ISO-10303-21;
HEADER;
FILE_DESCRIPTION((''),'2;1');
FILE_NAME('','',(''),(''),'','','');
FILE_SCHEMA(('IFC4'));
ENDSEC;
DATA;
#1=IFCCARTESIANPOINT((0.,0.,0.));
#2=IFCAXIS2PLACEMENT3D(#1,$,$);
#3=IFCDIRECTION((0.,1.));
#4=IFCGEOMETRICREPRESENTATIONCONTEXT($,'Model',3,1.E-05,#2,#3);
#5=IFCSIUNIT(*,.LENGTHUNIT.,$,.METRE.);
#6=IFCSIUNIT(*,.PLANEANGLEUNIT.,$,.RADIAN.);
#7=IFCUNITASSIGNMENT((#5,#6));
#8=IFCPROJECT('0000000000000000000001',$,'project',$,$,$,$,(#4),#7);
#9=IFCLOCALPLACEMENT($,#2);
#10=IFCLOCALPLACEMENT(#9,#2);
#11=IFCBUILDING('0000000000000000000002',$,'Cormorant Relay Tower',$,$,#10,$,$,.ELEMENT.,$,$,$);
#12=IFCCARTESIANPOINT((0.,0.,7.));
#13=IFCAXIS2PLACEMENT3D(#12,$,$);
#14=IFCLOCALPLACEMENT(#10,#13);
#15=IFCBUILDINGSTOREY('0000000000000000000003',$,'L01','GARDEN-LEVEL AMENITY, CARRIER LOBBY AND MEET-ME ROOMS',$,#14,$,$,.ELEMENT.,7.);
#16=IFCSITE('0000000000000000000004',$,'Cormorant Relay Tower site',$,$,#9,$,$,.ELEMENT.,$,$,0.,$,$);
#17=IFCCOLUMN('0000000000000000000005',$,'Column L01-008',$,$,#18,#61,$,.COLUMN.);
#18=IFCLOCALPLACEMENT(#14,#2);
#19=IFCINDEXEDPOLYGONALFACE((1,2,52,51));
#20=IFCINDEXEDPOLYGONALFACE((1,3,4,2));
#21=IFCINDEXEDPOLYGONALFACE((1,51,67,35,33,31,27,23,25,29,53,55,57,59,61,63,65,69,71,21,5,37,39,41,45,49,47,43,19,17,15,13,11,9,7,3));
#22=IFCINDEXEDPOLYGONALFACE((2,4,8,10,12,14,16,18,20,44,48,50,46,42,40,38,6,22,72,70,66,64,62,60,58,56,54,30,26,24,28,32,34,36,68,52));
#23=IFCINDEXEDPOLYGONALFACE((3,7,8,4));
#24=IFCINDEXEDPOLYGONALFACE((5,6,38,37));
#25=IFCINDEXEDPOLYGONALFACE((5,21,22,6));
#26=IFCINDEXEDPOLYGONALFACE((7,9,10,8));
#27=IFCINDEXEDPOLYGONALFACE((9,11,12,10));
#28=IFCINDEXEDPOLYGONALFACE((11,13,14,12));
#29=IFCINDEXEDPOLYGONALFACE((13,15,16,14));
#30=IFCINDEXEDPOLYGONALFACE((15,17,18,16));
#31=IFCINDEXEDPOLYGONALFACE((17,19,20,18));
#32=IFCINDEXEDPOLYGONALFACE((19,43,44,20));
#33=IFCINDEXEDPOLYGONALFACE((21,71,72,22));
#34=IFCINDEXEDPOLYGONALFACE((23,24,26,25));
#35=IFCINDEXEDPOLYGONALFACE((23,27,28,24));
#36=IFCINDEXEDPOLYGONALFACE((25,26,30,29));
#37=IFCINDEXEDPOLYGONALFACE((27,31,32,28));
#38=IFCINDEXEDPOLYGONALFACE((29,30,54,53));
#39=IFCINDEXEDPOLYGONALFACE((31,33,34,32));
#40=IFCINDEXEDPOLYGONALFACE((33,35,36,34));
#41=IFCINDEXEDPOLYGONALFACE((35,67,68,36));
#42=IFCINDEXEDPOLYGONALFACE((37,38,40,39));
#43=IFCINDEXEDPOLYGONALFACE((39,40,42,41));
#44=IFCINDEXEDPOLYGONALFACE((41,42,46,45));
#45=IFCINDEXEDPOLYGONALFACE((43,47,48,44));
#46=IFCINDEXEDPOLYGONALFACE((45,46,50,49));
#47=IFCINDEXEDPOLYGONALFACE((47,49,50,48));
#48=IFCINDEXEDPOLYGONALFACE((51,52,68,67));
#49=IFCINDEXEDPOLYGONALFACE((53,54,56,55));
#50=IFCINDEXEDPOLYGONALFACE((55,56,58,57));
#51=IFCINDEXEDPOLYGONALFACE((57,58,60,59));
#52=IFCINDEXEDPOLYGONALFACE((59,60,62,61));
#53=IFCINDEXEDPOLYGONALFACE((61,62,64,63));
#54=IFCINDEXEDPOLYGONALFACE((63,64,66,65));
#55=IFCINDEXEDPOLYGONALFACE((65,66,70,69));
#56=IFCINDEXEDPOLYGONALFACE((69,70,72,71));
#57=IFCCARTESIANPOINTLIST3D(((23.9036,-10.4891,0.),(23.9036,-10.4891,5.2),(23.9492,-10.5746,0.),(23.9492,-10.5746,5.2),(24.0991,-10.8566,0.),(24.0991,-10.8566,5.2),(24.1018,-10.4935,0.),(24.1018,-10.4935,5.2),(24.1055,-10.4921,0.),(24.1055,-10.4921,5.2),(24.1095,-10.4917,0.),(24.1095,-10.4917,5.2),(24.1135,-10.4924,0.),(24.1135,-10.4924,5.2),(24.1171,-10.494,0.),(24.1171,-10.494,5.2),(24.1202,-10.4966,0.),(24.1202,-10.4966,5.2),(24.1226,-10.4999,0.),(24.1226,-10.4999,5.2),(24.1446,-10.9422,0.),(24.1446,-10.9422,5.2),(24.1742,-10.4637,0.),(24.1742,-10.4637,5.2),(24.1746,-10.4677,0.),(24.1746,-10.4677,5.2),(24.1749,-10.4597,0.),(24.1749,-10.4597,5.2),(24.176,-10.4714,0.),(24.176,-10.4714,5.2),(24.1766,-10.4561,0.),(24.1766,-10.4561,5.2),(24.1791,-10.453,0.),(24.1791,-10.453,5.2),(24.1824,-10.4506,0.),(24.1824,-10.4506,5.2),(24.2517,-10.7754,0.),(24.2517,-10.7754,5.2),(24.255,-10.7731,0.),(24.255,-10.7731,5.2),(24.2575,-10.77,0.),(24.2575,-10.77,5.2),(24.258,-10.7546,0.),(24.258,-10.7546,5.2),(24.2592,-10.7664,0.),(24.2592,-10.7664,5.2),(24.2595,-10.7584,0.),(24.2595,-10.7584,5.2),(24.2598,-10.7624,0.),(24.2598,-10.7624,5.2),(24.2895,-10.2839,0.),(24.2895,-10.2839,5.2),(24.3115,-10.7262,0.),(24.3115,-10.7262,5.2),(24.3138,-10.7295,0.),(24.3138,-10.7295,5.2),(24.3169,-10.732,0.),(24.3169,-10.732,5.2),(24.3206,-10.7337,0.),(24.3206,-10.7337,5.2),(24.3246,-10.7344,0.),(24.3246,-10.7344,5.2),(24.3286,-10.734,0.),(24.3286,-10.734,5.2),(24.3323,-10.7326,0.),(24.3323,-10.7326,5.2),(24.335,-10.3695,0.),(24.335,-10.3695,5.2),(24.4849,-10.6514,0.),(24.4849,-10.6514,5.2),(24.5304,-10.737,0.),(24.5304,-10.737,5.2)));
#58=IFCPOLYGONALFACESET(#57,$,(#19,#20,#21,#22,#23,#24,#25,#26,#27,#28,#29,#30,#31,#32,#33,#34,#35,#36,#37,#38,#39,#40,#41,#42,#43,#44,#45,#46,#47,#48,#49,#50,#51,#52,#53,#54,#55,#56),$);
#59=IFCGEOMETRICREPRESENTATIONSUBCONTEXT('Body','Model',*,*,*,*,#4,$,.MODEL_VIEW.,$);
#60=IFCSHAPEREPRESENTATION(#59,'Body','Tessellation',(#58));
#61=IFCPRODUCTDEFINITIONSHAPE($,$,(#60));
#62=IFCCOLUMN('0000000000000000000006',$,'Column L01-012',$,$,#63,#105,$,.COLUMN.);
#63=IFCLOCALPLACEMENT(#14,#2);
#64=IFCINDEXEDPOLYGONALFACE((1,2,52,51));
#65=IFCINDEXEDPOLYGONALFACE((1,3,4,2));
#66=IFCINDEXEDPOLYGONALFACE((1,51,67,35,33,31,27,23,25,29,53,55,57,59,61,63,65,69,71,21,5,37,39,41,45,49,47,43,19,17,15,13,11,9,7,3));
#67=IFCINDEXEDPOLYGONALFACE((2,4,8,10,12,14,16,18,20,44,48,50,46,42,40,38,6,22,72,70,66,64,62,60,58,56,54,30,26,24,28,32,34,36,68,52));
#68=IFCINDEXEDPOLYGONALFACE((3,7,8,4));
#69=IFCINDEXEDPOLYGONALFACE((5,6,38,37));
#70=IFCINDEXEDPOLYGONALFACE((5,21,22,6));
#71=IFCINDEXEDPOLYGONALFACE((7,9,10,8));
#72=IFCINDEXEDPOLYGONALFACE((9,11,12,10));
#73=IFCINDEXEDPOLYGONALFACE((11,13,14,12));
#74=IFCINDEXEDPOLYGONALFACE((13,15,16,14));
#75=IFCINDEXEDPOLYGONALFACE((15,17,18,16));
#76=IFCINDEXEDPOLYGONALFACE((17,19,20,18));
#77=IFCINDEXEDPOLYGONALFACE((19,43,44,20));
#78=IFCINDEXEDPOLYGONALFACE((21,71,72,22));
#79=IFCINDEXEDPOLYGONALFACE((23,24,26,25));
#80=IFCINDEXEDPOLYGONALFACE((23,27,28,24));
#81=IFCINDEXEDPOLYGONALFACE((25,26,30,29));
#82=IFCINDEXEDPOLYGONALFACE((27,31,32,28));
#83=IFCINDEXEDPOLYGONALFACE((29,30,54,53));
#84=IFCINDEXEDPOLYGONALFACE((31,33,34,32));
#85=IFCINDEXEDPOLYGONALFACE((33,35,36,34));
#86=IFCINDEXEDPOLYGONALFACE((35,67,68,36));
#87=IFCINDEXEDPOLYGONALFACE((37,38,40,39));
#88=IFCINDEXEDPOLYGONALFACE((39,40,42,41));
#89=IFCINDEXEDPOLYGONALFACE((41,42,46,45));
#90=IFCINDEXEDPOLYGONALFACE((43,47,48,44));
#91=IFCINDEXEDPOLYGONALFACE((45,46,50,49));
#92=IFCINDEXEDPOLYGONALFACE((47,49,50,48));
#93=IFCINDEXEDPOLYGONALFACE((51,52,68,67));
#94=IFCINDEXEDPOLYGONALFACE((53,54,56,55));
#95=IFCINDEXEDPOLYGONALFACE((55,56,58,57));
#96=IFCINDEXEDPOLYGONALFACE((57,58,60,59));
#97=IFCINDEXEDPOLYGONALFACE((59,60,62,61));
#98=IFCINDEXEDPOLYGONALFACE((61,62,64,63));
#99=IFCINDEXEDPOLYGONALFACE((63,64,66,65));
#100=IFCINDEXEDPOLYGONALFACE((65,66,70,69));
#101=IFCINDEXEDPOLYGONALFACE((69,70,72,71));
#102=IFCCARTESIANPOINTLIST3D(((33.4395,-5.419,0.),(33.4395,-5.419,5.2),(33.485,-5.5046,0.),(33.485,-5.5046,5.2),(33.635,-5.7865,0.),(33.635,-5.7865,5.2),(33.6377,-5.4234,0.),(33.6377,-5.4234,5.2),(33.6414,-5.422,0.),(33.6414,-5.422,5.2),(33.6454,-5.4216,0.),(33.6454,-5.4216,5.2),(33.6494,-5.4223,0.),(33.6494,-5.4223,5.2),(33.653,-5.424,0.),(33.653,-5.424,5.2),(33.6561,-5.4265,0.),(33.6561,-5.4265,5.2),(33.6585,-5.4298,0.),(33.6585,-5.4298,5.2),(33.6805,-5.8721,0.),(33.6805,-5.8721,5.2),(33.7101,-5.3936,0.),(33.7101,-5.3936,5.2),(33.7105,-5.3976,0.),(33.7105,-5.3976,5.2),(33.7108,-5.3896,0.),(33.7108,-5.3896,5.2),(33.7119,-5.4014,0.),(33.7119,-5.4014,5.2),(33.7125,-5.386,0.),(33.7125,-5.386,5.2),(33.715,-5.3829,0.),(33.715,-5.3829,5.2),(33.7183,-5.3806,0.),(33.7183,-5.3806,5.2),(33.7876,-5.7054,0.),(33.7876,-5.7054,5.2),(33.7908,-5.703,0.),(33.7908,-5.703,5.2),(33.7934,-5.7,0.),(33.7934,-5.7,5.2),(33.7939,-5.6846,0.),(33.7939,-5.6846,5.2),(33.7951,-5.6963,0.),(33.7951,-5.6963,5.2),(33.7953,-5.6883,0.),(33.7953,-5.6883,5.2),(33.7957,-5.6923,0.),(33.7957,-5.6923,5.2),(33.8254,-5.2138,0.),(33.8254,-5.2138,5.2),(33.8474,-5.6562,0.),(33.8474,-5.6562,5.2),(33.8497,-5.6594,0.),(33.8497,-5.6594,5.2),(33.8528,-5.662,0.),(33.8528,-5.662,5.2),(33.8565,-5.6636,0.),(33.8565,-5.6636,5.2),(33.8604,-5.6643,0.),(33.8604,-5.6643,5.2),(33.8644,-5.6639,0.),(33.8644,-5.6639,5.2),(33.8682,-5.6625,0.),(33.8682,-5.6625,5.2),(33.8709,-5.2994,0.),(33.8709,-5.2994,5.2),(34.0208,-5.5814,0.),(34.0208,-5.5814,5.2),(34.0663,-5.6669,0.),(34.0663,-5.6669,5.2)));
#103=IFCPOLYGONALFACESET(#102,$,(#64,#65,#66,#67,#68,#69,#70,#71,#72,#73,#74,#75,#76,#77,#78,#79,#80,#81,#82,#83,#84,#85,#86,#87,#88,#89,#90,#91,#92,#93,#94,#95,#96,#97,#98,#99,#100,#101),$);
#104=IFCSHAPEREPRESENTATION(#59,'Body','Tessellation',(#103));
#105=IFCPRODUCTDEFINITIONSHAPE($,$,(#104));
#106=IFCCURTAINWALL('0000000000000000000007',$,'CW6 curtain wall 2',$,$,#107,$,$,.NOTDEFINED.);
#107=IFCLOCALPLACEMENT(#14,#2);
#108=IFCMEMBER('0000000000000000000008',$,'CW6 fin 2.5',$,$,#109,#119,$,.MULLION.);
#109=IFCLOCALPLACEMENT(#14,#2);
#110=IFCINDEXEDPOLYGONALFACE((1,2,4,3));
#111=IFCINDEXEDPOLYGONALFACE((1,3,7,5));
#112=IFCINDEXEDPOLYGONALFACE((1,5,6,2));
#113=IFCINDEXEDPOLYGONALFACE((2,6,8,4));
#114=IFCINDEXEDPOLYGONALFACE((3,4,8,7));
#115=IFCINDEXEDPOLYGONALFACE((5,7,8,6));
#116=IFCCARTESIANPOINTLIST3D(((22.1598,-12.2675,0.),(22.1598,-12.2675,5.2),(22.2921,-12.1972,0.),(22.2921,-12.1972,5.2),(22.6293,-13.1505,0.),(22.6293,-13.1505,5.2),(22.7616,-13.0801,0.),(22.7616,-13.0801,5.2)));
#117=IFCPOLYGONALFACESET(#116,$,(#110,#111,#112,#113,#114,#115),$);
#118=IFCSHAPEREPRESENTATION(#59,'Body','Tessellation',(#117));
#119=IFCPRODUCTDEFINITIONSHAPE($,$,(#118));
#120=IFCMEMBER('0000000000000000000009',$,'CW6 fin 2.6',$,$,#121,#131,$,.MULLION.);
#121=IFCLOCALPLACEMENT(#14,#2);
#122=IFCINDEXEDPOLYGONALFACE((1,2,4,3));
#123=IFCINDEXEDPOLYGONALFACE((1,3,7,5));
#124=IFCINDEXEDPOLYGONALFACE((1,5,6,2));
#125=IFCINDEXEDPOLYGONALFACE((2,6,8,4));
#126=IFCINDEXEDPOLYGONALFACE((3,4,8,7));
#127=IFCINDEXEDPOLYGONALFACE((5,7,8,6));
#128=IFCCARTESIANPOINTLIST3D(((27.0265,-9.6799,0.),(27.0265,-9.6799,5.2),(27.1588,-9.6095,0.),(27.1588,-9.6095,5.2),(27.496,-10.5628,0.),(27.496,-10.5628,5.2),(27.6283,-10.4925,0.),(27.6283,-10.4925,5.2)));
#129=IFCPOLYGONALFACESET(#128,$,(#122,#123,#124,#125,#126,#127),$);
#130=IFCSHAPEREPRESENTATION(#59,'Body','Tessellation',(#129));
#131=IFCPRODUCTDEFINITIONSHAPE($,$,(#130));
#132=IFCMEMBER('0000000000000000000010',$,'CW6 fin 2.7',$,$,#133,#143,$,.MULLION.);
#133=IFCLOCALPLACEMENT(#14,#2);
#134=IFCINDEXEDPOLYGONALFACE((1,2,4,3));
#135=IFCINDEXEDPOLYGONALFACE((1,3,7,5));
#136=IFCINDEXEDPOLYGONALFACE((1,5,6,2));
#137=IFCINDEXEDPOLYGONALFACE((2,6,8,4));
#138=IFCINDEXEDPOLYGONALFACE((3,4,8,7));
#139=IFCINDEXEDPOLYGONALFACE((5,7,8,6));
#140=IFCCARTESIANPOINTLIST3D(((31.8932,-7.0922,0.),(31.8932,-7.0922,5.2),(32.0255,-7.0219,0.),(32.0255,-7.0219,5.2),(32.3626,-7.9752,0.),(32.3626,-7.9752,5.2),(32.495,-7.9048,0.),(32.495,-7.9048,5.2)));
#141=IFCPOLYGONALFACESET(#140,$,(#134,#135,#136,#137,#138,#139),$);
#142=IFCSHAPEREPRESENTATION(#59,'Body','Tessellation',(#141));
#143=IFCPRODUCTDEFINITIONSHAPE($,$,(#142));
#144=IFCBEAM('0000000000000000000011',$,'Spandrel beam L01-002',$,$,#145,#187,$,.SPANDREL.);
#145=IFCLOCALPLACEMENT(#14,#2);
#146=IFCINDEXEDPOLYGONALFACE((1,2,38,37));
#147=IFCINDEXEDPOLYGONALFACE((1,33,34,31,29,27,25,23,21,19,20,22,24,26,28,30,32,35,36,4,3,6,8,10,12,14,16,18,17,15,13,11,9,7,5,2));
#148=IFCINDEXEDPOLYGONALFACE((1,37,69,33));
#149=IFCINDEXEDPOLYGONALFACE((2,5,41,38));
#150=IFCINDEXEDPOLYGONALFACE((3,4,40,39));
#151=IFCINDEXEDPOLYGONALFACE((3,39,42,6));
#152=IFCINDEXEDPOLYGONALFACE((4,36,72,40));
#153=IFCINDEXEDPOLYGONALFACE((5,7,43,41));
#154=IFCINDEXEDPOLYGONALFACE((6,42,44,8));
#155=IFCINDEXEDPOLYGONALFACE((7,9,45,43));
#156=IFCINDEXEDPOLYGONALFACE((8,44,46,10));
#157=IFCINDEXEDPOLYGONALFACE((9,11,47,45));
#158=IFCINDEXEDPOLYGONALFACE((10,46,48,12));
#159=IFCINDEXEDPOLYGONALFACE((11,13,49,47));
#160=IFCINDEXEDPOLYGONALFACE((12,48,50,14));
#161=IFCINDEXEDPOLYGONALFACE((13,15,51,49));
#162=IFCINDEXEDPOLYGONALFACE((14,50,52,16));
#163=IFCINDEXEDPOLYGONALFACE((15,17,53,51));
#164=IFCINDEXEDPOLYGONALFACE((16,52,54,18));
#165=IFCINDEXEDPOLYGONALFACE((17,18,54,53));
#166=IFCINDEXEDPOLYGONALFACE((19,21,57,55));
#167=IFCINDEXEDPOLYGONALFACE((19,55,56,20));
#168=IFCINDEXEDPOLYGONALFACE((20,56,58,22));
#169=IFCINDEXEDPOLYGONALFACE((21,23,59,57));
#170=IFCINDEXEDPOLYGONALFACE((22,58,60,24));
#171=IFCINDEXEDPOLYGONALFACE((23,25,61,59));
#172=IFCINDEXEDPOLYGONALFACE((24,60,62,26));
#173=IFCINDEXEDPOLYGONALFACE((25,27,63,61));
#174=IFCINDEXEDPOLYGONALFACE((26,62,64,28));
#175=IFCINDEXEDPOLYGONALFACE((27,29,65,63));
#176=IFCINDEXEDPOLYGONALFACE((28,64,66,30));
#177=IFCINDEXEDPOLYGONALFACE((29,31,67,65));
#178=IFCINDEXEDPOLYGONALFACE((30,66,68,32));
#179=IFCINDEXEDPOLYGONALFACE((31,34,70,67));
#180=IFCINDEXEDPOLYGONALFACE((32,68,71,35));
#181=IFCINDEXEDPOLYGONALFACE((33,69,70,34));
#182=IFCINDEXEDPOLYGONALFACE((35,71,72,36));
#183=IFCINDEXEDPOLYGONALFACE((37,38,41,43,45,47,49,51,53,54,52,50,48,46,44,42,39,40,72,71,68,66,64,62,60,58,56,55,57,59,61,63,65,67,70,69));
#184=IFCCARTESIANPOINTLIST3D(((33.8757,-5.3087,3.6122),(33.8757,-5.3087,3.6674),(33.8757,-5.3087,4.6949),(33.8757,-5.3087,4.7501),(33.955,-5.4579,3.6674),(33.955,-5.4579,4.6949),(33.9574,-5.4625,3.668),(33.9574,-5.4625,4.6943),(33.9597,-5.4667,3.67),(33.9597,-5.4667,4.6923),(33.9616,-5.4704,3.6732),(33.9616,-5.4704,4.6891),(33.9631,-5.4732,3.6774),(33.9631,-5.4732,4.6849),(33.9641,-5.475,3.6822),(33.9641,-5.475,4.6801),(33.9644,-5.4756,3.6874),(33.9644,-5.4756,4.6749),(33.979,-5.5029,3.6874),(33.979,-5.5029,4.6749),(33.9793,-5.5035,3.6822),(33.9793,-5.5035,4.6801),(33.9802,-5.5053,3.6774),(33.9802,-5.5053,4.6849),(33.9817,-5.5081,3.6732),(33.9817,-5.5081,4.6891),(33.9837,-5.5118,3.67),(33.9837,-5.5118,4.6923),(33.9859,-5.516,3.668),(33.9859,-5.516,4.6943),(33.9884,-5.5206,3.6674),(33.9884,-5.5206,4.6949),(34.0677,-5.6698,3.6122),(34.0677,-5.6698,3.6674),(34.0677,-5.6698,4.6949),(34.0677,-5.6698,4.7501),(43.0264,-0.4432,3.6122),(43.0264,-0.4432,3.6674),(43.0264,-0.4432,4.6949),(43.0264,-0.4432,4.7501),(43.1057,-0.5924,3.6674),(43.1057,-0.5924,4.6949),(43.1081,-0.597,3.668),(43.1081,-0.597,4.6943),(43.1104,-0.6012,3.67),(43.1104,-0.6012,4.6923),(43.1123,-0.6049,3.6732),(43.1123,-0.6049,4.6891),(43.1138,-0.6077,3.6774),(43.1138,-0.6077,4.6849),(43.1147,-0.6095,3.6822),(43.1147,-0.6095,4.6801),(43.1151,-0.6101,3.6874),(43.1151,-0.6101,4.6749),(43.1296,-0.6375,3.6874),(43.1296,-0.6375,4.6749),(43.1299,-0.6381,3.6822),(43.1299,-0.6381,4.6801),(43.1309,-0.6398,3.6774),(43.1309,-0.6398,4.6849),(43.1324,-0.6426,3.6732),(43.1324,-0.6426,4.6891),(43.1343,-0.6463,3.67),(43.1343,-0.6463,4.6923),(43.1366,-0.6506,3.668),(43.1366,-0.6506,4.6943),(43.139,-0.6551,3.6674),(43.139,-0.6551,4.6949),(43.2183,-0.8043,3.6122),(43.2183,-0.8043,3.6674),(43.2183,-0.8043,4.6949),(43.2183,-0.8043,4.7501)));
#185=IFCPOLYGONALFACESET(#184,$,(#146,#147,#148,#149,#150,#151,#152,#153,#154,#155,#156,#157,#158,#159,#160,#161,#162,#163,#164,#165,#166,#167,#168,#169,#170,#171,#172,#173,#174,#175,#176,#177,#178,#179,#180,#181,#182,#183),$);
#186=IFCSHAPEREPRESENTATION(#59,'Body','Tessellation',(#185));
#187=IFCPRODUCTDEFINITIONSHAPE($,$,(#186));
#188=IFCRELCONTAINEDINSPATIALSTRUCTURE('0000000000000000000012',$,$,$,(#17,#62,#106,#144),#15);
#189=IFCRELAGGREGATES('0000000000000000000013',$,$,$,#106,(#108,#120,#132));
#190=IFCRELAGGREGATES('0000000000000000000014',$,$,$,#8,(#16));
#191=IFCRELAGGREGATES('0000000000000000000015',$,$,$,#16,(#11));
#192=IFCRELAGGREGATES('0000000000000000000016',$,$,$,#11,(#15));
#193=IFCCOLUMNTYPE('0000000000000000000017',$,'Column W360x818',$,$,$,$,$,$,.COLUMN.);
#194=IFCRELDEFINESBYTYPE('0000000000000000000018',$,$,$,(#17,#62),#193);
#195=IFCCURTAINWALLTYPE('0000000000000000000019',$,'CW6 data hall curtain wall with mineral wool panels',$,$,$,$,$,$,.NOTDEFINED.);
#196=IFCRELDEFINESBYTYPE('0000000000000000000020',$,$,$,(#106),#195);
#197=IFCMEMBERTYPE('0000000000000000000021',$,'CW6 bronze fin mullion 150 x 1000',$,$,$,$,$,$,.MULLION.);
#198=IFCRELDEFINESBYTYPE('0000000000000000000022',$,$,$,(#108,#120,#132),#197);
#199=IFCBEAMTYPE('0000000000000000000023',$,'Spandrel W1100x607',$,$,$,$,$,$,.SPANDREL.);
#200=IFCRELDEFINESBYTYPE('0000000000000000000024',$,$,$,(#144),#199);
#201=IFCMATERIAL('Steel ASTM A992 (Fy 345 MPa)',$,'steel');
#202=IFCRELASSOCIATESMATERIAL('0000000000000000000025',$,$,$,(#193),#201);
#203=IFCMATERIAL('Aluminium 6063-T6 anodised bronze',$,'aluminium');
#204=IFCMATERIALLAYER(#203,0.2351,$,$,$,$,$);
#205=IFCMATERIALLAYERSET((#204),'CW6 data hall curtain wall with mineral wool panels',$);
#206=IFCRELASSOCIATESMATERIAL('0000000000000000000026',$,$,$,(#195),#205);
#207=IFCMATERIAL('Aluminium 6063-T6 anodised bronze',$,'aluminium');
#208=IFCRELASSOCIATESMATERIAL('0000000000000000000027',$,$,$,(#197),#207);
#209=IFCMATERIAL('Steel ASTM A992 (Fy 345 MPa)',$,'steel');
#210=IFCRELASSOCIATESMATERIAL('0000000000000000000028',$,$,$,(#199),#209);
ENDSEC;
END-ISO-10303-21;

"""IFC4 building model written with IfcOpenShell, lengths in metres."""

from ifc_helpers import new_model, si_unit, direction, frame, origin, origin_2d, place, context, subcontext, project, spatial, rectangle, i_section, extrude, material, layer, layer_set, material_profile, profile_set, type_object, element, aggregate, save


model = new_model("IFC4")

# Units and contexts
model_context = context("Model", 3, precision=1e-05, world=origin(), true_north=direction((0.0, 1.0)))
body_context = subcontext(model_context, "Body", "Model", "MODEL_VIEW")
ifc_project = project(units=[si_unit("LENGTHUNIT", "METRE"), si_unit("PLANEANGLEUNIT", "RADIAN")], contexts=[model_context])

# Site, building, storey
site_placement = place(None, origin())
site = spatial("IfcSite", under=ifc_project, at=site_placement, Name="Cormorant Relay Tower site", CompositionType="ELEMENT", RefElevation=0.0)
building_placement = place(site_placement, origin())
building = spatial("IfcBuilding", under=site, at=building_placement, Name="Cormorant Relay Tower", CompositionType="ELEMENT")
storey_placement = place(building_placement, frame((0.0, 0.0, 7.0)))
storey = spatial("IfcBuildingStorey", under=building, at=storey_placement, Name="L01", Description="GARDEN-LEVEL AMENITY, CARRIER LOBBY AND MEET-ME ROOMS", CompositionType="ELEMENT", Elevation=7.0)

# Columns
ifc_material_1 = material(Name="Steel ASTM A992 (Fy 345 MPa)", Category="steel")
ifc_material_profile_1 = material_profile(ifc_material_1, i_section(OverallWidth=0.437, OverallDepth=0.5132, WebThickness=0.0605, FlangeThickness=0.0969, FilletRadius=0.0154, at=origin_2d()), Name="W360x818")
ifc_profile_set_1 = profile_set([ifc_material_profile_1], Name="Steel ASTM A992 (Fy 345 MPa)")
column_type = type_object("IfcColumnType", Name="Column W360x818", PredefinedType="COLUMN", material=ifc_profile_set_1)
for number, where, z_axis, x_axis, name in (
    (1, (24.217, -10.613, 0.0), (0.0, 0.0, 1.0), (0.882948, 0.469472, 0.0), "Column L01-008"),
    (2, (33.7529, -5.543, 0.0), (0.0, 0.0, 1.0), (0.882948, 0.469472, 0.0), "Column L01-012"),
):
    element("IfcColumn", number, at=place(storey_placement, frame(where, z_axis=z_axis, x_axis=x_axis)), inside=storey, type_object=column_type, Name=name, PredefinedType="COLUMN", context=body_context, shape_type="SweptSolid", body=[
        extrude(i_section(OverallWidth=0.437, OverallDepth=0.5132, WebThickness=0.0605, FlangeThickness=0.0969, FilletRadius=0.0154, at=origin_2d()), origin(), (0.0, 0.0, 1.0), 5.2),
    ])

# Curtain wall, members
ifc_material_2 = material(Name="Aluminium 6063-T6 anodised bronze", Category="aluminium")
ifc_layer_1 = layer(ifc_material_2, 0.2351)
ifc_layer_set_1 = layer_set([ifc_layer_1], Name="CW6 data hall curtain wall with mineral wool panels")
curtain_wall_type = type_object("IfcCurtainWallType", Name="CW6 data hall curtain wall with mineral wool panels", PredefinedType="NOTDEFINED", material=ifc_layer_set_1)
curtain_wall_placement = place(storey_placement, origin())
curtain_wall = element("IfcCurtainWall", 3, at=curtain_wall_placement, inside=storey, type_object=curtain_wall_type, Name="CW6 curtain wall 2", PredefinedType="NOTDEFINED")
ifc_material_3 = material(Name="Aluminium 6063-T6 anodised bronze", Category="aluminium")
ifc_material_profile_2 = material_profile(ifc_material_3, rectangle(XDim=0.1499, YDim=1.0, at=origin_2d()), Name="AL 150x1000")
ifc_profile_set_2 = profile_set([ifc_material_profile_2], Name="Aluminium 6063-T6 anodised bronze")
member_type = type_object("IfcMemberType", Name="CW6 bronze fin mullion 150 x 1000", PredefinedType="MULLION", material=ifc_profile_set_2)
member_1_placement = place(storey_placement, frame((22.4607, -12.6738, 0.0), z_axis=(0.0, 0.0, 1.0), x_axis=(0.882948, 0.469472, 0.0)))
member_1 = element("IfcMember", 4, at=member_1_placement, type_object=member_type, Name="CW6 fin 2.5", PredefinedType="MULLION", context=body_context, shape_type="SweptSolid", body=[
    extrude(rectangle(XDim=0.1499, YDim=1.0, at=origin_2d()), origin(), (0.0, 0.0, 1.0), 5.2),
])
member_2_placement = place(storey_placement, frame((27.3274, -10.0862, 0.0), z_axis=(0.0, 0.0, 1.0), x_axis=(0.882948, 0.469472, 0.0)))
member_2 = element("IfcMember", 5, at=member_2_placement, type_object=member_type, Name="CW6 fin 2.6", PredefinedType="MULLION", context=body_context, shape_type="SweptSolid", body=[
    extrude(rectangle(XDim=0.1499, YDim=1.0, at=origin_2d()), origin(), (0.0, 0.0, 1.0), 5.2),
])
member_3_placement = place(storey_placement, frame((32.1941, -7.4985, 0.0), z_axis=(0.0, 0.0, 1.0), x_axis=(0.882948, 0.469472, 0.0)))
member_3 = element("IfcMember", 6, at=member_3_placement, type_object=member_type, Name="CW6 fin 2.7", PredefinedType="MULLION", context=body_context, shape_type="SweptSolid", body=[
    extrude(rectangle(XDim=0.1499, YDim=1.0, at=origin_2d()), origin(), (0.0, 0.0, 1.0), 5.2),
])

# Beam
ifc_material_4 = material(Name="Steel ASTM A992 (Fy 345 MPa)", Category="steel")
ifc_material_profile_3 = material_profile(ifc_material_4, i_section(OverallWidth=0.4089, OverallDepth=1.1379, WebThickness=0.031, FlangeThickness=0.0552, FilletRadius=0.02, at=origin_2d()), Name="W1100x607")
ifc_profile_set_3 = profile_set([ifc_material_profile_3], Name="Steel ASTM A992 (Fy 345 MPa)")
beam_type = type_object("IfcBeamType", Name="Spandrel W1100x607", PredefinedType="SPANDREL", material=ifc_profile_set_3)
beam_placement = place(storey_placement, frame((33.9717, -5.4893, 4.1812), z_axis=(0.882948, 0.469472, 0.0), x_axis=(-0.469472, 0.882948, 0.0)))
element("IfcBeam", 7, at=beam_placement, inside=storey, type_object=beam_type, Name="Spandrel beam L01-002", PredefinedType="SPANDREL", context=body_context, shape_type="SweptSolid", body=[
    extrude(i_section(OverallWidth=0.4089, OverallDepth=1.1379, WebThickness=0.031, FlangeThickness=0.0552, FilletRadius=0.02, at=origin_2d()), origin(), (0.0, 0.0, 1.0), 10.3638),
])

aggregate(curtain_wall, [member_1, member_2, member_3])

save(model, "model.ifc")
